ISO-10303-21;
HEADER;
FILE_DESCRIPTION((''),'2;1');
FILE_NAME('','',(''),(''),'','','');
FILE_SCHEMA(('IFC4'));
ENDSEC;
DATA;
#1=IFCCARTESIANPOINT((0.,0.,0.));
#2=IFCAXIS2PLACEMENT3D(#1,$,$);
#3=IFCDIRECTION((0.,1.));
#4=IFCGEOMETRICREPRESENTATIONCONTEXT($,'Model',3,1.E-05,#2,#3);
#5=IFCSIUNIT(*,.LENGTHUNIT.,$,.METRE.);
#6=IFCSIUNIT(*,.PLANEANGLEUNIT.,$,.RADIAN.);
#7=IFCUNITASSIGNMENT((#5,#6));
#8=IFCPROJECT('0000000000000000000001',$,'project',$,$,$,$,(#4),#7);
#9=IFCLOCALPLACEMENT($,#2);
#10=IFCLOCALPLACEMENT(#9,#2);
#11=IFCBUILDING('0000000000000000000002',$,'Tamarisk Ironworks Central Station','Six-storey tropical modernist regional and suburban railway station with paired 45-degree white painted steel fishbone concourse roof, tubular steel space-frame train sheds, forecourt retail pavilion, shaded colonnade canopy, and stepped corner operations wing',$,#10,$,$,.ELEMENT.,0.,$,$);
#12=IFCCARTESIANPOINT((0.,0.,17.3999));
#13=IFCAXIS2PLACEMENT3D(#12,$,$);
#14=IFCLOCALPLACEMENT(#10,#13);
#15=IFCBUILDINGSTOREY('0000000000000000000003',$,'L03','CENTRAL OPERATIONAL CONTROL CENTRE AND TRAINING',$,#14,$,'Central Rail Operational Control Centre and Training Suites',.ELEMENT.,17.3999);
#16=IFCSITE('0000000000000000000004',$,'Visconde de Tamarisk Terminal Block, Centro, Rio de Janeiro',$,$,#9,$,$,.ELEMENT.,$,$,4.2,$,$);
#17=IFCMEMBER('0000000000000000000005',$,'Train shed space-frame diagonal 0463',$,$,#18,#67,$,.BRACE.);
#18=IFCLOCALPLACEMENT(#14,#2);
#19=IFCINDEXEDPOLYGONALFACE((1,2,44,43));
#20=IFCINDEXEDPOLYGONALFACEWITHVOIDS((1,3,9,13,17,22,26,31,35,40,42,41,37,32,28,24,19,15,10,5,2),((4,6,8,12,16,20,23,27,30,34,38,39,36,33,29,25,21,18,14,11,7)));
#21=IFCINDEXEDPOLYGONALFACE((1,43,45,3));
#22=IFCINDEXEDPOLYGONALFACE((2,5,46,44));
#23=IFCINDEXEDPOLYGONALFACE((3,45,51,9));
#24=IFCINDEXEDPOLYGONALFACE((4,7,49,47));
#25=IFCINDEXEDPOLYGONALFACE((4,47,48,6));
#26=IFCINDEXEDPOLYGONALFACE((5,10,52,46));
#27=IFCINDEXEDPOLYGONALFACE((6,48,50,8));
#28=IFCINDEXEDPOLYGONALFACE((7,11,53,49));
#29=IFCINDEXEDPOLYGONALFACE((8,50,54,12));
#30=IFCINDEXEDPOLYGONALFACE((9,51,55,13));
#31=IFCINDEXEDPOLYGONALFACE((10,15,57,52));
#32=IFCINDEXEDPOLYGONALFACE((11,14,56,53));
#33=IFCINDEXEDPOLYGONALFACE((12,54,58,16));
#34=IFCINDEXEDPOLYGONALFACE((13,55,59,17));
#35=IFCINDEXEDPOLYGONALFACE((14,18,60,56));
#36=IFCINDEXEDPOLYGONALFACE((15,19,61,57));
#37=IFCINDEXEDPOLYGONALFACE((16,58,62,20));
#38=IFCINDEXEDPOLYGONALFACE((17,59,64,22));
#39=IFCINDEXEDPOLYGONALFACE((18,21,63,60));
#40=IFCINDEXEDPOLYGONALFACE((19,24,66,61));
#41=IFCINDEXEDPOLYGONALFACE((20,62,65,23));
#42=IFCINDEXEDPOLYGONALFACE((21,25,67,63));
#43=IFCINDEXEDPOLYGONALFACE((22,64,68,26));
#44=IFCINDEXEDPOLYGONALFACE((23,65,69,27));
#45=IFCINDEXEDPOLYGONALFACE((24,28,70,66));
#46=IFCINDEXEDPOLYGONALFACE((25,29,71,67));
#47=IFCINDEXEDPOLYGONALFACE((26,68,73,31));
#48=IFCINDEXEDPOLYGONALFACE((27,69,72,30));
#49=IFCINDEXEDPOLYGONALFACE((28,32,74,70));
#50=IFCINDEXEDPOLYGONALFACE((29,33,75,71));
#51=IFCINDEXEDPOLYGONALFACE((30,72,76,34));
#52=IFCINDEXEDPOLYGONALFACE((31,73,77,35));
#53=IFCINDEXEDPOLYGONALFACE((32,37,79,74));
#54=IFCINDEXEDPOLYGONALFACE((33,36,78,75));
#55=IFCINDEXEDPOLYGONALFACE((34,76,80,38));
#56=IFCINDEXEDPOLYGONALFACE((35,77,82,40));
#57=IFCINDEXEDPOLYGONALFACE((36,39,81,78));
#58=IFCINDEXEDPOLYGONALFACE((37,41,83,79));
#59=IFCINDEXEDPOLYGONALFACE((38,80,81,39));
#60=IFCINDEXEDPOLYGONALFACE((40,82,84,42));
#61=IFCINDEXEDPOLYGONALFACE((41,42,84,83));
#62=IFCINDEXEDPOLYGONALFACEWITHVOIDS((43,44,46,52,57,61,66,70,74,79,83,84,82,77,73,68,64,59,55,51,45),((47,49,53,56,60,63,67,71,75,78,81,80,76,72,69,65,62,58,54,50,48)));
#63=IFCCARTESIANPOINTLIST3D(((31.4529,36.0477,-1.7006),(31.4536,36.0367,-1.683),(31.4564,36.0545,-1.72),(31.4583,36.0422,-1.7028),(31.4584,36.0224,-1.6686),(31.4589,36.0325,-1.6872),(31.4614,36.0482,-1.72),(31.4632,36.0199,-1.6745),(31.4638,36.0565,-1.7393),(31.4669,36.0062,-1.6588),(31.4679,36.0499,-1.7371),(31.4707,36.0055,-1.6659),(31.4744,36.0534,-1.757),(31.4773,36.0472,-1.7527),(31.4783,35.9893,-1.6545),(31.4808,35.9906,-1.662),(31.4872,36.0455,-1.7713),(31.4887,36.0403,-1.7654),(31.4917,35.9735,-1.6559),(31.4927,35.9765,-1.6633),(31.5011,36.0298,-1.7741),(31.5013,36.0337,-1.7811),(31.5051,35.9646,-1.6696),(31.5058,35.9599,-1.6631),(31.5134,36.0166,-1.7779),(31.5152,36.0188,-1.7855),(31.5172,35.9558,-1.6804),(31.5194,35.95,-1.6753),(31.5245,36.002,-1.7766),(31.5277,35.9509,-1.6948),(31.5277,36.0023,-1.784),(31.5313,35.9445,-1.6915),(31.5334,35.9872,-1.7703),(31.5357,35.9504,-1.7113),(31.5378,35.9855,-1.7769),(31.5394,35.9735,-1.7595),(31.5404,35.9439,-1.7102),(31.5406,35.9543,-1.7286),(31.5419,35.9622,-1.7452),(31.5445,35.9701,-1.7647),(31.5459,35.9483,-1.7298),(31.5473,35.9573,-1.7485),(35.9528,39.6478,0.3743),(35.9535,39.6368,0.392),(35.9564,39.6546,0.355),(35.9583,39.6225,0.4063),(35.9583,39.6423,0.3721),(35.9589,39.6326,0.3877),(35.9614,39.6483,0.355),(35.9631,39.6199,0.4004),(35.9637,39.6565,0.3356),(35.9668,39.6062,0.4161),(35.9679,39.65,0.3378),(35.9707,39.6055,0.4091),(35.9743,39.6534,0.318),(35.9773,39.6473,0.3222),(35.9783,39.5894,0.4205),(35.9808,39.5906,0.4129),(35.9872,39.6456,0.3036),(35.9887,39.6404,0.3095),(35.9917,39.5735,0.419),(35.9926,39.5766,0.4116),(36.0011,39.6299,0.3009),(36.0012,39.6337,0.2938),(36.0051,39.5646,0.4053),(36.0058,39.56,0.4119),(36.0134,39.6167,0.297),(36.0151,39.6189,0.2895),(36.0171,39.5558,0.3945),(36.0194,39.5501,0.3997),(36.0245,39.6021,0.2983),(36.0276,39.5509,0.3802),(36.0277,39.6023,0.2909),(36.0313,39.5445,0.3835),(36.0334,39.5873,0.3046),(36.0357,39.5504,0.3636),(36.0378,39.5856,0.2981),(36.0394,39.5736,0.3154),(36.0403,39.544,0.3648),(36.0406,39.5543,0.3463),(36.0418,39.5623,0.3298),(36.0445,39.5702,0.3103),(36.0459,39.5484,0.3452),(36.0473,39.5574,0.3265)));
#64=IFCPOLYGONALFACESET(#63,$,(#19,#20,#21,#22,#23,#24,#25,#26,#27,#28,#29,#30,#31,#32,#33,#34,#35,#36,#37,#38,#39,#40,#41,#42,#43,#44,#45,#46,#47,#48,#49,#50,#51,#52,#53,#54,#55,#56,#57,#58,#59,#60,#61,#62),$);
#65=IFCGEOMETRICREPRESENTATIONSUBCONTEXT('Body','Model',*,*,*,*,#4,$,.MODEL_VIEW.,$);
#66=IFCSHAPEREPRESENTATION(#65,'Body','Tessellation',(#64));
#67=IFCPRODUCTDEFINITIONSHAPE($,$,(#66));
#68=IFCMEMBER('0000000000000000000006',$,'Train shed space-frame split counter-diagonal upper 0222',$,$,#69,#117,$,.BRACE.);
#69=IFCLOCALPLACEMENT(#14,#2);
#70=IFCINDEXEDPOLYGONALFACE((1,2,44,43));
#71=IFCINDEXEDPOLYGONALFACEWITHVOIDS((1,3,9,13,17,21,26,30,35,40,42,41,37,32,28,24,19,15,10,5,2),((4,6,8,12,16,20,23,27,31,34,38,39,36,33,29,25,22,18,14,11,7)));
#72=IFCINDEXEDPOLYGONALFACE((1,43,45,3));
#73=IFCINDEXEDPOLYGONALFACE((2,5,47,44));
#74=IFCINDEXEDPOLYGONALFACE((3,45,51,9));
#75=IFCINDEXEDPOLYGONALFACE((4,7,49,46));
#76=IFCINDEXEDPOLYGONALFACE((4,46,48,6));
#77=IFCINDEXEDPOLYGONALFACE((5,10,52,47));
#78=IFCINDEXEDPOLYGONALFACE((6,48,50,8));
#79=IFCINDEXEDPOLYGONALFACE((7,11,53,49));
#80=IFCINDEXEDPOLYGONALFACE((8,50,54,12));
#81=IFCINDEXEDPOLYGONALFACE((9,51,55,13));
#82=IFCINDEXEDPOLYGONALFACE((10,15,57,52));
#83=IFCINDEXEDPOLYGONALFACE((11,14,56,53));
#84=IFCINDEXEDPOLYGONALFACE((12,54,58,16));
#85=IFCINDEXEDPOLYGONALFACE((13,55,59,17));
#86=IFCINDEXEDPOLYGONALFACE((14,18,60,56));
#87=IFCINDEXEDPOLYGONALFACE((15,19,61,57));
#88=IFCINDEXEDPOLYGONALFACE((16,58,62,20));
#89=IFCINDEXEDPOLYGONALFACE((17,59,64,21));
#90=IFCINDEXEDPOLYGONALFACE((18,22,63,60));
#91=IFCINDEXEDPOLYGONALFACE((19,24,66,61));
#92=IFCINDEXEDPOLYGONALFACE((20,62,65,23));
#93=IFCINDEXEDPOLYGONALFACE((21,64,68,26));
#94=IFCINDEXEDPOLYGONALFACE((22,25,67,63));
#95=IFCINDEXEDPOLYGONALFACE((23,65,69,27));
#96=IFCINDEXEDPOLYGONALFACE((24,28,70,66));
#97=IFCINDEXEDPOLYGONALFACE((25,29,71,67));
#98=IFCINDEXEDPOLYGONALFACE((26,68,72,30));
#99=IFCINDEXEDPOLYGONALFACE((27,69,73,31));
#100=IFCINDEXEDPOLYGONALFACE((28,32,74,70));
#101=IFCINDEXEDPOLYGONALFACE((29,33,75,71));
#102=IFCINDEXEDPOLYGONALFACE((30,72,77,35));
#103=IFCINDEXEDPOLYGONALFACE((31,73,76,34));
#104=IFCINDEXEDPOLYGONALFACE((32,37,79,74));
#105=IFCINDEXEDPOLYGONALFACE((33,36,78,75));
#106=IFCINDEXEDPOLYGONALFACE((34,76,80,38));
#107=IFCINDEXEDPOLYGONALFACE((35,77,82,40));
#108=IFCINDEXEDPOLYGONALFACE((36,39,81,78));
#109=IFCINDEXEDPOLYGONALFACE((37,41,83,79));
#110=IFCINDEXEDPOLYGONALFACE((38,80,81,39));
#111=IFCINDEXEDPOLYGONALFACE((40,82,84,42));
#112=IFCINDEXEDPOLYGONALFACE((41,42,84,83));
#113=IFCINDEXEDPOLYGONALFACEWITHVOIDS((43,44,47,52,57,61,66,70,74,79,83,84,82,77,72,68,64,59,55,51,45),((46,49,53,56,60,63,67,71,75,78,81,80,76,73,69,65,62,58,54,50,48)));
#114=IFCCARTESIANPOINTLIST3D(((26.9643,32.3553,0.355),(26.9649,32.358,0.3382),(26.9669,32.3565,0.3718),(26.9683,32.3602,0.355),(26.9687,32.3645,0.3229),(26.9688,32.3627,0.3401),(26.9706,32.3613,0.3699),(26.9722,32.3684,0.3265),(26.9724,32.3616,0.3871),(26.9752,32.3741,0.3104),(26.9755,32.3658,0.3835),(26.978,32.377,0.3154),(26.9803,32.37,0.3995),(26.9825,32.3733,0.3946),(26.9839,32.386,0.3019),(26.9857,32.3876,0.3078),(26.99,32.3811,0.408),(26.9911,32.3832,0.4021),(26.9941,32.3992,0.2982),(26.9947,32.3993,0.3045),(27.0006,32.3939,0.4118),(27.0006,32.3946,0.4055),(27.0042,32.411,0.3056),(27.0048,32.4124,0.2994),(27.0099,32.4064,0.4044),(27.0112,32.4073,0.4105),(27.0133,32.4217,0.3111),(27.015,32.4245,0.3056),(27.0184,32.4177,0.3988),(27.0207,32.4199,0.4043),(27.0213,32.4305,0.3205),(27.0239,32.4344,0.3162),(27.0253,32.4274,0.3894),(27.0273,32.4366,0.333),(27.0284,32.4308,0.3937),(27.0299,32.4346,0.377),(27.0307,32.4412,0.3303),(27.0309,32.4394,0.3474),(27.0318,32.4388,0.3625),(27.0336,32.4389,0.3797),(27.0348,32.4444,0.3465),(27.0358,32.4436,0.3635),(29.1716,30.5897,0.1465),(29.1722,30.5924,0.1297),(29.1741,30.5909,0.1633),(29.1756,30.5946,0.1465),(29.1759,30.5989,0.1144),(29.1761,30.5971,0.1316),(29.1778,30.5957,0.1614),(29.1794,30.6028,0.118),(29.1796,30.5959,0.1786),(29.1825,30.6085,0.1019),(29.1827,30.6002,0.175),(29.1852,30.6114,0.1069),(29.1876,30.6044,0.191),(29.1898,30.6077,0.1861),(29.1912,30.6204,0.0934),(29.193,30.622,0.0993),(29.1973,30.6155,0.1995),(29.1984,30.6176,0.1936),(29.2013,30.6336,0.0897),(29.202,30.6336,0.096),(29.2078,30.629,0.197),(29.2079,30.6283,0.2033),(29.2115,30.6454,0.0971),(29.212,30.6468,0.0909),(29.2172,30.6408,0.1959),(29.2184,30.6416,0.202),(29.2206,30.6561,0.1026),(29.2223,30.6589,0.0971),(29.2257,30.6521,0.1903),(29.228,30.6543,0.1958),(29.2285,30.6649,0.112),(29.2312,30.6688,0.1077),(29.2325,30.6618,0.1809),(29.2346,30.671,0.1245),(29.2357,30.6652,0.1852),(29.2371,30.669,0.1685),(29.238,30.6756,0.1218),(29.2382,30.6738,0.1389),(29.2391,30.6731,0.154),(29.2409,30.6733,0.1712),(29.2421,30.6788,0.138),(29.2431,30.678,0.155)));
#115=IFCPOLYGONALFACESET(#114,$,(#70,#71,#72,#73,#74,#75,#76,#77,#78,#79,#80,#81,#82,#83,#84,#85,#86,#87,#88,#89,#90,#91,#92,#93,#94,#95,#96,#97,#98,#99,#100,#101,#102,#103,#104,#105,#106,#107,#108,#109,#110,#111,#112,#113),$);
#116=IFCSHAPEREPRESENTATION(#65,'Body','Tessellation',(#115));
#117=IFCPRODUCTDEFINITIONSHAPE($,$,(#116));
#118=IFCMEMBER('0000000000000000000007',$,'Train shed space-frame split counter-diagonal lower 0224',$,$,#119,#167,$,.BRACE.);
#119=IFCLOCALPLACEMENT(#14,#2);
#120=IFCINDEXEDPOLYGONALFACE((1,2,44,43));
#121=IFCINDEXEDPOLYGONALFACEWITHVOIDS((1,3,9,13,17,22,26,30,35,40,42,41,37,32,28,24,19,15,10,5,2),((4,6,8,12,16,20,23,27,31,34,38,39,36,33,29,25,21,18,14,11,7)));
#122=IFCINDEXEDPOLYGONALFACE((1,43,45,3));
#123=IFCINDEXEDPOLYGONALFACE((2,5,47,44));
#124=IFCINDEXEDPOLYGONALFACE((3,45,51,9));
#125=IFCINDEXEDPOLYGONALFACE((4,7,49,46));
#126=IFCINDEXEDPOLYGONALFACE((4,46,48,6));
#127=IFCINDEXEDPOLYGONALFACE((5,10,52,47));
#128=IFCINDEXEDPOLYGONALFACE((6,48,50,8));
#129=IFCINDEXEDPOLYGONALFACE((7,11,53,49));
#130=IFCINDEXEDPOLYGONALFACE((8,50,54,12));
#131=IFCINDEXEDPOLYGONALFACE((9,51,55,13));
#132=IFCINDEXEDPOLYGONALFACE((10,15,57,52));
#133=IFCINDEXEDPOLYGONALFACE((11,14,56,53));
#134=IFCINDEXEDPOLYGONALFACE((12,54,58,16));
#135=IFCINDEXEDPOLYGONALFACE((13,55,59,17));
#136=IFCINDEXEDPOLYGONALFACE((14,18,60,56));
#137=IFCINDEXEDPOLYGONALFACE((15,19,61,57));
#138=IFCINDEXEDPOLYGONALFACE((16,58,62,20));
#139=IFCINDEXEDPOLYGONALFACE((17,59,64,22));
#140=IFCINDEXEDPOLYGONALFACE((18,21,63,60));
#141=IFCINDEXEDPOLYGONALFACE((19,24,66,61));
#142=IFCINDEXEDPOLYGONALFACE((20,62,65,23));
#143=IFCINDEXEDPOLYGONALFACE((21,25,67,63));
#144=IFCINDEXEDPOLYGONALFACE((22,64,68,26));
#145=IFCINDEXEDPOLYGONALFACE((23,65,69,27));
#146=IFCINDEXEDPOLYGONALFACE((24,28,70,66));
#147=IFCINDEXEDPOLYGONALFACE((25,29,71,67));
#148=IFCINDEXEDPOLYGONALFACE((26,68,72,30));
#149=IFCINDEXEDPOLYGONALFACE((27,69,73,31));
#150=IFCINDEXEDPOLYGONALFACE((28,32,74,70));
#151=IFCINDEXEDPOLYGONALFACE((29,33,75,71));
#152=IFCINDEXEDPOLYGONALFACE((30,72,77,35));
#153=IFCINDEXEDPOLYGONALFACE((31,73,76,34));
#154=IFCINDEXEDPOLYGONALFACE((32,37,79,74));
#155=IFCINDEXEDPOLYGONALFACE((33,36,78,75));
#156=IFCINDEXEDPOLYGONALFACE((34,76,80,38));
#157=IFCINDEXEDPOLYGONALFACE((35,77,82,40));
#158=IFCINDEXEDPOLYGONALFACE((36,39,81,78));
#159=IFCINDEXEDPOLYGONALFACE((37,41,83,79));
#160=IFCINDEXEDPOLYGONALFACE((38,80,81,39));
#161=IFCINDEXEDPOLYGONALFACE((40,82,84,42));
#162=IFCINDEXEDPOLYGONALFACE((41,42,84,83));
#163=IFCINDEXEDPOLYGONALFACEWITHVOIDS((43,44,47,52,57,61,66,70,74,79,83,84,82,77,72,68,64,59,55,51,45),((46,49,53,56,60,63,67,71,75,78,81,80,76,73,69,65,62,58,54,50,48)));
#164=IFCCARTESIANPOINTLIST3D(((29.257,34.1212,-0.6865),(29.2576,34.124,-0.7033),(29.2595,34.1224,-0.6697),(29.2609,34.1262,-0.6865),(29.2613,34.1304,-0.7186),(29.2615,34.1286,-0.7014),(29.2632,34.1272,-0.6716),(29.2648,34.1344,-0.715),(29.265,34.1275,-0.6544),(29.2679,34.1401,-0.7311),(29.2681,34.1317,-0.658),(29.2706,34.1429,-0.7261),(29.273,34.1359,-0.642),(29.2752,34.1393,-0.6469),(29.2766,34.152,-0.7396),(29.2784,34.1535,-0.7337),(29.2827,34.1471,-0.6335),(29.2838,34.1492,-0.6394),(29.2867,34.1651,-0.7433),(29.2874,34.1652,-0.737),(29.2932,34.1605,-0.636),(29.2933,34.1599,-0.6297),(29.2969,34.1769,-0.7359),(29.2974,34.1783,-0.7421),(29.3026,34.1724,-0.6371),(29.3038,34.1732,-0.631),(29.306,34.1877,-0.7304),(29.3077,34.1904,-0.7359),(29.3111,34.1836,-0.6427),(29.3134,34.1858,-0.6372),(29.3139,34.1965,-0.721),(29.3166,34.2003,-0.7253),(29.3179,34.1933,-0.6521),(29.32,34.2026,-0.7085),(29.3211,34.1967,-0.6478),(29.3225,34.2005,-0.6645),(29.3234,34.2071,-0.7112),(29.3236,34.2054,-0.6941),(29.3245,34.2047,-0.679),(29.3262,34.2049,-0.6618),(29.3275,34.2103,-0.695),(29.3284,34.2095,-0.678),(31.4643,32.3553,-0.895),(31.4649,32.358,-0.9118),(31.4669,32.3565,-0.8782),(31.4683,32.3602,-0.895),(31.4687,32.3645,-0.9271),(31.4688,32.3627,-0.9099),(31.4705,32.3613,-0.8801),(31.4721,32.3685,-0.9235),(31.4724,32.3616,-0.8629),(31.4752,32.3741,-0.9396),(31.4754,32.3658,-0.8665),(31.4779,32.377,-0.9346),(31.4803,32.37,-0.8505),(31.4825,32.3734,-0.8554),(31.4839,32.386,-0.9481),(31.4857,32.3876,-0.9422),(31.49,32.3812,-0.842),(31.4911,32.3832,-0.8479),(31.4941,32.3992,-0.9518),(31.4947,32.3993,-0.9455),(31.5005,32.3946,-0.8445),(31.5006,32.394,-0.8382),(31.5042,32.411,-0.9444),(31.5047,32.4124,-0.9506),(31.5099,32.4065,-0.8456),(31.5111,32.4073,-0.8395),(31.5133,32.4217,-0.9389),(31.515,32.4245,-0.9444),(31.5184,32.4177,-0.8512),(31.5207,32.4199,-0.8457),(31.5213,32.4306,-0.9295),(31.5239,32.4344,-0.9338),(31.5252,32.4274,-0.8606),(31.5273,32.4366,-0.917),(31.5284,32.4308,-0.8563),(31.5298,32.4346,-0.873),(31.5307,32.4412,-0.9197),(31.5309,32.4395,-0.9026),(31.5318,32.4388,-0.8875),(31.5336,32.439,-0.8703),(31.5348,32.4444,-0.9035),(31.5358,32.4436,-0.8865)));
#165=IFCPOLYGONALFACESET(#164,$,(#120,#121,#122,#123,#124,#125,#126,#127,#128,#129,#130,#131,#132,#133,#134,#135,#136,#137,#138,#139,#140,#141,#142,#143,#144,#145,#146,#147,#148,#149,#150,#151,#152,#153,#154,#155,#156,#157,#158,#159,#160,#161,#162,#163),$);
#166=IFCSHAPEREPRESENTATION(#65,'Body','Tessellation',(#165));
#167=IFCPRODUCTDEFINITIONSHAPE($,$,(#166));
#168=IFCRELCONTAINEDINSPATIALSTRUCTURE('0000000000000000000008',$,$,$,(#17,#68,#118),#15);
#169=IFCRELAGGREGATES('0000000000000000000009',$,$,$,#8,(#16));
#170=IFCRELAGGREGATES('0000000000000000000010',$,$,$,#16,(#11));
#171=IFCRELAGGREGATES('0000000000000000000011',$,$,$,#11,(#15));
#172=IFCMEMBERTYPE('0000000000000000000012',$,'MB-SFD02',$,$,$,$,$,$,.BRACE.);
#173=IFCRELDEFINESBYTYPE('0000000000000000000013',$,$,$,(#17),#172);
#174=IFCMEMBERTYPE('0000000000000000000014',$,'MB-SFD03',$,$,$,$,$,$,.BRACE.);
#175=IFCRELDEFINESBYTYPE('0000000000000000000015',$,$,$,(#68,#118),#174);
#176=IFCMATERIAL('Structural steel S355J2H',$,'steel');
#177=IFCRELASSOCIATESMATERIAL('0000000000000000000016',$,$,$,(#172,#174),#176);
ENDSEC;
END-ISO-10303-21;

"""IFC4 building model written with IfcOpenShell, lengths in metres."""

from ifc_helpers import new_model, si_unit, direction, frame, origin, origin_2d, place, context, subcontext, project, spatial, hollow_circle, extrude, material, material_profile, profile_set, type_object, element, save


model = new_model("IFC4")

# Units and contexts
model_context = context("Model", 3, precision=1e-05, world=origin(), true_north=direction((0.0, 1.0)))
body_context = subcontext(model_context, "Body", "Model", "MODEL_VIEW")
ifc_project = project(units=[si_unit("LENGTHUNIT", "METRE"), si_unit("PLANEANGLEUNIT", "RADIAN")], contexts=[model_context])

# Site, building, storey
site_placement = place(None, origin())
site = spatial("IfcSite", under=ifc_project, at=site_placement, Name="Visconde de Tamarisk Terminal Block, Centro, Rio de Janeiro", CompositionType="ELEMENT", RefElevation=4.2)
building_placement = place(site_placement, origin())
building = spatial("IfcBuilding", under=site, at=building_placement, Name="Tamarisk Ironworks Central Station", Description="Six-storey tropical modernist regional and suburban railway station with paired 45-degree white painted steel fishbone concourse roof, tubular steel space-frame train sheds, forecourt retail pavilion, shaded colonnade canopy, and stepped corner operations wing", CompositionType="ELEMENT", ElevationOfRefHeight=0.0)
storey_placement = place(building_placement, frame((0.0, 0.0, 17.3999)))
storey = spatial("IfcBuildingStorey", under=building, at=storey_placement, Name="L03", Description="CENTRAL OPERATIONAL CONTROL CENTRE AND TRAINING", LongName="Central Rail Operational Control Centre and Training Suites", CompositionType="ELEMENT", Elevation=17.3999)

# Members
ifc_material_1 = material(Name="Structural steel S355J2H", Category="steel")
ifc_material_profile_1 = material_profile(ifc_material_1, hollow_circle(Radius=0.0698, WallThickness=0.0081, at=origin_2d()), Name="CHS 139.7x8")
ifc_profile_set_1 = profile_set([ifc_material_profile_1], Name="Structural steel S355J2H")
member_type_1 = type_object("IfcMemberType", Name="MB-SFD02", PredefinedType="BRACE", material=ifc_profile_set_1)
member_1_placement = place(storey_placement, frame((31.5, 36.0, -1.72), z_axis=(0.734689, 0.587767, 0.338765), x_axis=(-0.624705, 0.780861, 0.0)))
element("IfcMember", 1, at=member_1_placement, inside=storey, type_object=member_type_1, Name="Train shed space-frame diagonal 0463", PredefinedType="BRACE", context=body_context, shape_type="SweptSolid", body=[
    extrude(hollow_circle(Radius=0.0698, WallThickness=0.0081, at=origin_2d()), origin(), (0.0, 0.0, 1.0), 6.125),
])
ifc_material_profile_2 = material_profile(ifc_material_1, hollow_circle(Radius=0.0571, WallThickness=0.0063, at=origin_2d()), Name="CHS 114.3x6.3")
ifc_profile_set_2 = profile_set([ifc_material_profile_2], Name="Structural steel S355J2H")
member_type_2 = type_object("IfcMemberType", Name="MB-SFD03", PredefinedType="BRACE", material=ifc_profile_set_2)
member_2_placement = place(storey_placement, frame((29.2073, 30.6343, 0.1465), z_axis=(-0.778787, 0.62296, 0.073563), x_axis=(-0.624653, -0.780903, 0.0)))
element("IfcMember", 2, at=member_2_placement, inside=storey, type_object=member_type_2, Name="Train shed space-frame split counter-diagonal upper 0222", PredefinedType="BRACE", context=body_context, shape_type="SweptSolid", body=[
    extrude(hollow_circle(Radius=0.0571, WallThickness=0.0063, at=origin_2d()), origin(), (0.0, 0.0, 1.0), 2.8342),
])
member_3_placement = place(storey_placement, frame((31.5, 32.3999, -0.895), z_axis=(-0.778745, 0.623013, 0.073559), x_axis=(-0.624706, -0.78086, 0.0)))
element("IfcMember", 3, at=member_3_placement, inside=storey, type_object=member_type_2, Name="Train shed space-frame split counter-diagonal lower 0224", PredefinedType="BRACE", context=body_context, shape_type="SweptSolid", body=[
    extrude(hollow_circle(Radius=0.0571, WallThickness=0.0063, at=origin_2d()), origin(), (0.0, 0.0, 1.0), 2.8345),
])

save(model, "model.ifc")
